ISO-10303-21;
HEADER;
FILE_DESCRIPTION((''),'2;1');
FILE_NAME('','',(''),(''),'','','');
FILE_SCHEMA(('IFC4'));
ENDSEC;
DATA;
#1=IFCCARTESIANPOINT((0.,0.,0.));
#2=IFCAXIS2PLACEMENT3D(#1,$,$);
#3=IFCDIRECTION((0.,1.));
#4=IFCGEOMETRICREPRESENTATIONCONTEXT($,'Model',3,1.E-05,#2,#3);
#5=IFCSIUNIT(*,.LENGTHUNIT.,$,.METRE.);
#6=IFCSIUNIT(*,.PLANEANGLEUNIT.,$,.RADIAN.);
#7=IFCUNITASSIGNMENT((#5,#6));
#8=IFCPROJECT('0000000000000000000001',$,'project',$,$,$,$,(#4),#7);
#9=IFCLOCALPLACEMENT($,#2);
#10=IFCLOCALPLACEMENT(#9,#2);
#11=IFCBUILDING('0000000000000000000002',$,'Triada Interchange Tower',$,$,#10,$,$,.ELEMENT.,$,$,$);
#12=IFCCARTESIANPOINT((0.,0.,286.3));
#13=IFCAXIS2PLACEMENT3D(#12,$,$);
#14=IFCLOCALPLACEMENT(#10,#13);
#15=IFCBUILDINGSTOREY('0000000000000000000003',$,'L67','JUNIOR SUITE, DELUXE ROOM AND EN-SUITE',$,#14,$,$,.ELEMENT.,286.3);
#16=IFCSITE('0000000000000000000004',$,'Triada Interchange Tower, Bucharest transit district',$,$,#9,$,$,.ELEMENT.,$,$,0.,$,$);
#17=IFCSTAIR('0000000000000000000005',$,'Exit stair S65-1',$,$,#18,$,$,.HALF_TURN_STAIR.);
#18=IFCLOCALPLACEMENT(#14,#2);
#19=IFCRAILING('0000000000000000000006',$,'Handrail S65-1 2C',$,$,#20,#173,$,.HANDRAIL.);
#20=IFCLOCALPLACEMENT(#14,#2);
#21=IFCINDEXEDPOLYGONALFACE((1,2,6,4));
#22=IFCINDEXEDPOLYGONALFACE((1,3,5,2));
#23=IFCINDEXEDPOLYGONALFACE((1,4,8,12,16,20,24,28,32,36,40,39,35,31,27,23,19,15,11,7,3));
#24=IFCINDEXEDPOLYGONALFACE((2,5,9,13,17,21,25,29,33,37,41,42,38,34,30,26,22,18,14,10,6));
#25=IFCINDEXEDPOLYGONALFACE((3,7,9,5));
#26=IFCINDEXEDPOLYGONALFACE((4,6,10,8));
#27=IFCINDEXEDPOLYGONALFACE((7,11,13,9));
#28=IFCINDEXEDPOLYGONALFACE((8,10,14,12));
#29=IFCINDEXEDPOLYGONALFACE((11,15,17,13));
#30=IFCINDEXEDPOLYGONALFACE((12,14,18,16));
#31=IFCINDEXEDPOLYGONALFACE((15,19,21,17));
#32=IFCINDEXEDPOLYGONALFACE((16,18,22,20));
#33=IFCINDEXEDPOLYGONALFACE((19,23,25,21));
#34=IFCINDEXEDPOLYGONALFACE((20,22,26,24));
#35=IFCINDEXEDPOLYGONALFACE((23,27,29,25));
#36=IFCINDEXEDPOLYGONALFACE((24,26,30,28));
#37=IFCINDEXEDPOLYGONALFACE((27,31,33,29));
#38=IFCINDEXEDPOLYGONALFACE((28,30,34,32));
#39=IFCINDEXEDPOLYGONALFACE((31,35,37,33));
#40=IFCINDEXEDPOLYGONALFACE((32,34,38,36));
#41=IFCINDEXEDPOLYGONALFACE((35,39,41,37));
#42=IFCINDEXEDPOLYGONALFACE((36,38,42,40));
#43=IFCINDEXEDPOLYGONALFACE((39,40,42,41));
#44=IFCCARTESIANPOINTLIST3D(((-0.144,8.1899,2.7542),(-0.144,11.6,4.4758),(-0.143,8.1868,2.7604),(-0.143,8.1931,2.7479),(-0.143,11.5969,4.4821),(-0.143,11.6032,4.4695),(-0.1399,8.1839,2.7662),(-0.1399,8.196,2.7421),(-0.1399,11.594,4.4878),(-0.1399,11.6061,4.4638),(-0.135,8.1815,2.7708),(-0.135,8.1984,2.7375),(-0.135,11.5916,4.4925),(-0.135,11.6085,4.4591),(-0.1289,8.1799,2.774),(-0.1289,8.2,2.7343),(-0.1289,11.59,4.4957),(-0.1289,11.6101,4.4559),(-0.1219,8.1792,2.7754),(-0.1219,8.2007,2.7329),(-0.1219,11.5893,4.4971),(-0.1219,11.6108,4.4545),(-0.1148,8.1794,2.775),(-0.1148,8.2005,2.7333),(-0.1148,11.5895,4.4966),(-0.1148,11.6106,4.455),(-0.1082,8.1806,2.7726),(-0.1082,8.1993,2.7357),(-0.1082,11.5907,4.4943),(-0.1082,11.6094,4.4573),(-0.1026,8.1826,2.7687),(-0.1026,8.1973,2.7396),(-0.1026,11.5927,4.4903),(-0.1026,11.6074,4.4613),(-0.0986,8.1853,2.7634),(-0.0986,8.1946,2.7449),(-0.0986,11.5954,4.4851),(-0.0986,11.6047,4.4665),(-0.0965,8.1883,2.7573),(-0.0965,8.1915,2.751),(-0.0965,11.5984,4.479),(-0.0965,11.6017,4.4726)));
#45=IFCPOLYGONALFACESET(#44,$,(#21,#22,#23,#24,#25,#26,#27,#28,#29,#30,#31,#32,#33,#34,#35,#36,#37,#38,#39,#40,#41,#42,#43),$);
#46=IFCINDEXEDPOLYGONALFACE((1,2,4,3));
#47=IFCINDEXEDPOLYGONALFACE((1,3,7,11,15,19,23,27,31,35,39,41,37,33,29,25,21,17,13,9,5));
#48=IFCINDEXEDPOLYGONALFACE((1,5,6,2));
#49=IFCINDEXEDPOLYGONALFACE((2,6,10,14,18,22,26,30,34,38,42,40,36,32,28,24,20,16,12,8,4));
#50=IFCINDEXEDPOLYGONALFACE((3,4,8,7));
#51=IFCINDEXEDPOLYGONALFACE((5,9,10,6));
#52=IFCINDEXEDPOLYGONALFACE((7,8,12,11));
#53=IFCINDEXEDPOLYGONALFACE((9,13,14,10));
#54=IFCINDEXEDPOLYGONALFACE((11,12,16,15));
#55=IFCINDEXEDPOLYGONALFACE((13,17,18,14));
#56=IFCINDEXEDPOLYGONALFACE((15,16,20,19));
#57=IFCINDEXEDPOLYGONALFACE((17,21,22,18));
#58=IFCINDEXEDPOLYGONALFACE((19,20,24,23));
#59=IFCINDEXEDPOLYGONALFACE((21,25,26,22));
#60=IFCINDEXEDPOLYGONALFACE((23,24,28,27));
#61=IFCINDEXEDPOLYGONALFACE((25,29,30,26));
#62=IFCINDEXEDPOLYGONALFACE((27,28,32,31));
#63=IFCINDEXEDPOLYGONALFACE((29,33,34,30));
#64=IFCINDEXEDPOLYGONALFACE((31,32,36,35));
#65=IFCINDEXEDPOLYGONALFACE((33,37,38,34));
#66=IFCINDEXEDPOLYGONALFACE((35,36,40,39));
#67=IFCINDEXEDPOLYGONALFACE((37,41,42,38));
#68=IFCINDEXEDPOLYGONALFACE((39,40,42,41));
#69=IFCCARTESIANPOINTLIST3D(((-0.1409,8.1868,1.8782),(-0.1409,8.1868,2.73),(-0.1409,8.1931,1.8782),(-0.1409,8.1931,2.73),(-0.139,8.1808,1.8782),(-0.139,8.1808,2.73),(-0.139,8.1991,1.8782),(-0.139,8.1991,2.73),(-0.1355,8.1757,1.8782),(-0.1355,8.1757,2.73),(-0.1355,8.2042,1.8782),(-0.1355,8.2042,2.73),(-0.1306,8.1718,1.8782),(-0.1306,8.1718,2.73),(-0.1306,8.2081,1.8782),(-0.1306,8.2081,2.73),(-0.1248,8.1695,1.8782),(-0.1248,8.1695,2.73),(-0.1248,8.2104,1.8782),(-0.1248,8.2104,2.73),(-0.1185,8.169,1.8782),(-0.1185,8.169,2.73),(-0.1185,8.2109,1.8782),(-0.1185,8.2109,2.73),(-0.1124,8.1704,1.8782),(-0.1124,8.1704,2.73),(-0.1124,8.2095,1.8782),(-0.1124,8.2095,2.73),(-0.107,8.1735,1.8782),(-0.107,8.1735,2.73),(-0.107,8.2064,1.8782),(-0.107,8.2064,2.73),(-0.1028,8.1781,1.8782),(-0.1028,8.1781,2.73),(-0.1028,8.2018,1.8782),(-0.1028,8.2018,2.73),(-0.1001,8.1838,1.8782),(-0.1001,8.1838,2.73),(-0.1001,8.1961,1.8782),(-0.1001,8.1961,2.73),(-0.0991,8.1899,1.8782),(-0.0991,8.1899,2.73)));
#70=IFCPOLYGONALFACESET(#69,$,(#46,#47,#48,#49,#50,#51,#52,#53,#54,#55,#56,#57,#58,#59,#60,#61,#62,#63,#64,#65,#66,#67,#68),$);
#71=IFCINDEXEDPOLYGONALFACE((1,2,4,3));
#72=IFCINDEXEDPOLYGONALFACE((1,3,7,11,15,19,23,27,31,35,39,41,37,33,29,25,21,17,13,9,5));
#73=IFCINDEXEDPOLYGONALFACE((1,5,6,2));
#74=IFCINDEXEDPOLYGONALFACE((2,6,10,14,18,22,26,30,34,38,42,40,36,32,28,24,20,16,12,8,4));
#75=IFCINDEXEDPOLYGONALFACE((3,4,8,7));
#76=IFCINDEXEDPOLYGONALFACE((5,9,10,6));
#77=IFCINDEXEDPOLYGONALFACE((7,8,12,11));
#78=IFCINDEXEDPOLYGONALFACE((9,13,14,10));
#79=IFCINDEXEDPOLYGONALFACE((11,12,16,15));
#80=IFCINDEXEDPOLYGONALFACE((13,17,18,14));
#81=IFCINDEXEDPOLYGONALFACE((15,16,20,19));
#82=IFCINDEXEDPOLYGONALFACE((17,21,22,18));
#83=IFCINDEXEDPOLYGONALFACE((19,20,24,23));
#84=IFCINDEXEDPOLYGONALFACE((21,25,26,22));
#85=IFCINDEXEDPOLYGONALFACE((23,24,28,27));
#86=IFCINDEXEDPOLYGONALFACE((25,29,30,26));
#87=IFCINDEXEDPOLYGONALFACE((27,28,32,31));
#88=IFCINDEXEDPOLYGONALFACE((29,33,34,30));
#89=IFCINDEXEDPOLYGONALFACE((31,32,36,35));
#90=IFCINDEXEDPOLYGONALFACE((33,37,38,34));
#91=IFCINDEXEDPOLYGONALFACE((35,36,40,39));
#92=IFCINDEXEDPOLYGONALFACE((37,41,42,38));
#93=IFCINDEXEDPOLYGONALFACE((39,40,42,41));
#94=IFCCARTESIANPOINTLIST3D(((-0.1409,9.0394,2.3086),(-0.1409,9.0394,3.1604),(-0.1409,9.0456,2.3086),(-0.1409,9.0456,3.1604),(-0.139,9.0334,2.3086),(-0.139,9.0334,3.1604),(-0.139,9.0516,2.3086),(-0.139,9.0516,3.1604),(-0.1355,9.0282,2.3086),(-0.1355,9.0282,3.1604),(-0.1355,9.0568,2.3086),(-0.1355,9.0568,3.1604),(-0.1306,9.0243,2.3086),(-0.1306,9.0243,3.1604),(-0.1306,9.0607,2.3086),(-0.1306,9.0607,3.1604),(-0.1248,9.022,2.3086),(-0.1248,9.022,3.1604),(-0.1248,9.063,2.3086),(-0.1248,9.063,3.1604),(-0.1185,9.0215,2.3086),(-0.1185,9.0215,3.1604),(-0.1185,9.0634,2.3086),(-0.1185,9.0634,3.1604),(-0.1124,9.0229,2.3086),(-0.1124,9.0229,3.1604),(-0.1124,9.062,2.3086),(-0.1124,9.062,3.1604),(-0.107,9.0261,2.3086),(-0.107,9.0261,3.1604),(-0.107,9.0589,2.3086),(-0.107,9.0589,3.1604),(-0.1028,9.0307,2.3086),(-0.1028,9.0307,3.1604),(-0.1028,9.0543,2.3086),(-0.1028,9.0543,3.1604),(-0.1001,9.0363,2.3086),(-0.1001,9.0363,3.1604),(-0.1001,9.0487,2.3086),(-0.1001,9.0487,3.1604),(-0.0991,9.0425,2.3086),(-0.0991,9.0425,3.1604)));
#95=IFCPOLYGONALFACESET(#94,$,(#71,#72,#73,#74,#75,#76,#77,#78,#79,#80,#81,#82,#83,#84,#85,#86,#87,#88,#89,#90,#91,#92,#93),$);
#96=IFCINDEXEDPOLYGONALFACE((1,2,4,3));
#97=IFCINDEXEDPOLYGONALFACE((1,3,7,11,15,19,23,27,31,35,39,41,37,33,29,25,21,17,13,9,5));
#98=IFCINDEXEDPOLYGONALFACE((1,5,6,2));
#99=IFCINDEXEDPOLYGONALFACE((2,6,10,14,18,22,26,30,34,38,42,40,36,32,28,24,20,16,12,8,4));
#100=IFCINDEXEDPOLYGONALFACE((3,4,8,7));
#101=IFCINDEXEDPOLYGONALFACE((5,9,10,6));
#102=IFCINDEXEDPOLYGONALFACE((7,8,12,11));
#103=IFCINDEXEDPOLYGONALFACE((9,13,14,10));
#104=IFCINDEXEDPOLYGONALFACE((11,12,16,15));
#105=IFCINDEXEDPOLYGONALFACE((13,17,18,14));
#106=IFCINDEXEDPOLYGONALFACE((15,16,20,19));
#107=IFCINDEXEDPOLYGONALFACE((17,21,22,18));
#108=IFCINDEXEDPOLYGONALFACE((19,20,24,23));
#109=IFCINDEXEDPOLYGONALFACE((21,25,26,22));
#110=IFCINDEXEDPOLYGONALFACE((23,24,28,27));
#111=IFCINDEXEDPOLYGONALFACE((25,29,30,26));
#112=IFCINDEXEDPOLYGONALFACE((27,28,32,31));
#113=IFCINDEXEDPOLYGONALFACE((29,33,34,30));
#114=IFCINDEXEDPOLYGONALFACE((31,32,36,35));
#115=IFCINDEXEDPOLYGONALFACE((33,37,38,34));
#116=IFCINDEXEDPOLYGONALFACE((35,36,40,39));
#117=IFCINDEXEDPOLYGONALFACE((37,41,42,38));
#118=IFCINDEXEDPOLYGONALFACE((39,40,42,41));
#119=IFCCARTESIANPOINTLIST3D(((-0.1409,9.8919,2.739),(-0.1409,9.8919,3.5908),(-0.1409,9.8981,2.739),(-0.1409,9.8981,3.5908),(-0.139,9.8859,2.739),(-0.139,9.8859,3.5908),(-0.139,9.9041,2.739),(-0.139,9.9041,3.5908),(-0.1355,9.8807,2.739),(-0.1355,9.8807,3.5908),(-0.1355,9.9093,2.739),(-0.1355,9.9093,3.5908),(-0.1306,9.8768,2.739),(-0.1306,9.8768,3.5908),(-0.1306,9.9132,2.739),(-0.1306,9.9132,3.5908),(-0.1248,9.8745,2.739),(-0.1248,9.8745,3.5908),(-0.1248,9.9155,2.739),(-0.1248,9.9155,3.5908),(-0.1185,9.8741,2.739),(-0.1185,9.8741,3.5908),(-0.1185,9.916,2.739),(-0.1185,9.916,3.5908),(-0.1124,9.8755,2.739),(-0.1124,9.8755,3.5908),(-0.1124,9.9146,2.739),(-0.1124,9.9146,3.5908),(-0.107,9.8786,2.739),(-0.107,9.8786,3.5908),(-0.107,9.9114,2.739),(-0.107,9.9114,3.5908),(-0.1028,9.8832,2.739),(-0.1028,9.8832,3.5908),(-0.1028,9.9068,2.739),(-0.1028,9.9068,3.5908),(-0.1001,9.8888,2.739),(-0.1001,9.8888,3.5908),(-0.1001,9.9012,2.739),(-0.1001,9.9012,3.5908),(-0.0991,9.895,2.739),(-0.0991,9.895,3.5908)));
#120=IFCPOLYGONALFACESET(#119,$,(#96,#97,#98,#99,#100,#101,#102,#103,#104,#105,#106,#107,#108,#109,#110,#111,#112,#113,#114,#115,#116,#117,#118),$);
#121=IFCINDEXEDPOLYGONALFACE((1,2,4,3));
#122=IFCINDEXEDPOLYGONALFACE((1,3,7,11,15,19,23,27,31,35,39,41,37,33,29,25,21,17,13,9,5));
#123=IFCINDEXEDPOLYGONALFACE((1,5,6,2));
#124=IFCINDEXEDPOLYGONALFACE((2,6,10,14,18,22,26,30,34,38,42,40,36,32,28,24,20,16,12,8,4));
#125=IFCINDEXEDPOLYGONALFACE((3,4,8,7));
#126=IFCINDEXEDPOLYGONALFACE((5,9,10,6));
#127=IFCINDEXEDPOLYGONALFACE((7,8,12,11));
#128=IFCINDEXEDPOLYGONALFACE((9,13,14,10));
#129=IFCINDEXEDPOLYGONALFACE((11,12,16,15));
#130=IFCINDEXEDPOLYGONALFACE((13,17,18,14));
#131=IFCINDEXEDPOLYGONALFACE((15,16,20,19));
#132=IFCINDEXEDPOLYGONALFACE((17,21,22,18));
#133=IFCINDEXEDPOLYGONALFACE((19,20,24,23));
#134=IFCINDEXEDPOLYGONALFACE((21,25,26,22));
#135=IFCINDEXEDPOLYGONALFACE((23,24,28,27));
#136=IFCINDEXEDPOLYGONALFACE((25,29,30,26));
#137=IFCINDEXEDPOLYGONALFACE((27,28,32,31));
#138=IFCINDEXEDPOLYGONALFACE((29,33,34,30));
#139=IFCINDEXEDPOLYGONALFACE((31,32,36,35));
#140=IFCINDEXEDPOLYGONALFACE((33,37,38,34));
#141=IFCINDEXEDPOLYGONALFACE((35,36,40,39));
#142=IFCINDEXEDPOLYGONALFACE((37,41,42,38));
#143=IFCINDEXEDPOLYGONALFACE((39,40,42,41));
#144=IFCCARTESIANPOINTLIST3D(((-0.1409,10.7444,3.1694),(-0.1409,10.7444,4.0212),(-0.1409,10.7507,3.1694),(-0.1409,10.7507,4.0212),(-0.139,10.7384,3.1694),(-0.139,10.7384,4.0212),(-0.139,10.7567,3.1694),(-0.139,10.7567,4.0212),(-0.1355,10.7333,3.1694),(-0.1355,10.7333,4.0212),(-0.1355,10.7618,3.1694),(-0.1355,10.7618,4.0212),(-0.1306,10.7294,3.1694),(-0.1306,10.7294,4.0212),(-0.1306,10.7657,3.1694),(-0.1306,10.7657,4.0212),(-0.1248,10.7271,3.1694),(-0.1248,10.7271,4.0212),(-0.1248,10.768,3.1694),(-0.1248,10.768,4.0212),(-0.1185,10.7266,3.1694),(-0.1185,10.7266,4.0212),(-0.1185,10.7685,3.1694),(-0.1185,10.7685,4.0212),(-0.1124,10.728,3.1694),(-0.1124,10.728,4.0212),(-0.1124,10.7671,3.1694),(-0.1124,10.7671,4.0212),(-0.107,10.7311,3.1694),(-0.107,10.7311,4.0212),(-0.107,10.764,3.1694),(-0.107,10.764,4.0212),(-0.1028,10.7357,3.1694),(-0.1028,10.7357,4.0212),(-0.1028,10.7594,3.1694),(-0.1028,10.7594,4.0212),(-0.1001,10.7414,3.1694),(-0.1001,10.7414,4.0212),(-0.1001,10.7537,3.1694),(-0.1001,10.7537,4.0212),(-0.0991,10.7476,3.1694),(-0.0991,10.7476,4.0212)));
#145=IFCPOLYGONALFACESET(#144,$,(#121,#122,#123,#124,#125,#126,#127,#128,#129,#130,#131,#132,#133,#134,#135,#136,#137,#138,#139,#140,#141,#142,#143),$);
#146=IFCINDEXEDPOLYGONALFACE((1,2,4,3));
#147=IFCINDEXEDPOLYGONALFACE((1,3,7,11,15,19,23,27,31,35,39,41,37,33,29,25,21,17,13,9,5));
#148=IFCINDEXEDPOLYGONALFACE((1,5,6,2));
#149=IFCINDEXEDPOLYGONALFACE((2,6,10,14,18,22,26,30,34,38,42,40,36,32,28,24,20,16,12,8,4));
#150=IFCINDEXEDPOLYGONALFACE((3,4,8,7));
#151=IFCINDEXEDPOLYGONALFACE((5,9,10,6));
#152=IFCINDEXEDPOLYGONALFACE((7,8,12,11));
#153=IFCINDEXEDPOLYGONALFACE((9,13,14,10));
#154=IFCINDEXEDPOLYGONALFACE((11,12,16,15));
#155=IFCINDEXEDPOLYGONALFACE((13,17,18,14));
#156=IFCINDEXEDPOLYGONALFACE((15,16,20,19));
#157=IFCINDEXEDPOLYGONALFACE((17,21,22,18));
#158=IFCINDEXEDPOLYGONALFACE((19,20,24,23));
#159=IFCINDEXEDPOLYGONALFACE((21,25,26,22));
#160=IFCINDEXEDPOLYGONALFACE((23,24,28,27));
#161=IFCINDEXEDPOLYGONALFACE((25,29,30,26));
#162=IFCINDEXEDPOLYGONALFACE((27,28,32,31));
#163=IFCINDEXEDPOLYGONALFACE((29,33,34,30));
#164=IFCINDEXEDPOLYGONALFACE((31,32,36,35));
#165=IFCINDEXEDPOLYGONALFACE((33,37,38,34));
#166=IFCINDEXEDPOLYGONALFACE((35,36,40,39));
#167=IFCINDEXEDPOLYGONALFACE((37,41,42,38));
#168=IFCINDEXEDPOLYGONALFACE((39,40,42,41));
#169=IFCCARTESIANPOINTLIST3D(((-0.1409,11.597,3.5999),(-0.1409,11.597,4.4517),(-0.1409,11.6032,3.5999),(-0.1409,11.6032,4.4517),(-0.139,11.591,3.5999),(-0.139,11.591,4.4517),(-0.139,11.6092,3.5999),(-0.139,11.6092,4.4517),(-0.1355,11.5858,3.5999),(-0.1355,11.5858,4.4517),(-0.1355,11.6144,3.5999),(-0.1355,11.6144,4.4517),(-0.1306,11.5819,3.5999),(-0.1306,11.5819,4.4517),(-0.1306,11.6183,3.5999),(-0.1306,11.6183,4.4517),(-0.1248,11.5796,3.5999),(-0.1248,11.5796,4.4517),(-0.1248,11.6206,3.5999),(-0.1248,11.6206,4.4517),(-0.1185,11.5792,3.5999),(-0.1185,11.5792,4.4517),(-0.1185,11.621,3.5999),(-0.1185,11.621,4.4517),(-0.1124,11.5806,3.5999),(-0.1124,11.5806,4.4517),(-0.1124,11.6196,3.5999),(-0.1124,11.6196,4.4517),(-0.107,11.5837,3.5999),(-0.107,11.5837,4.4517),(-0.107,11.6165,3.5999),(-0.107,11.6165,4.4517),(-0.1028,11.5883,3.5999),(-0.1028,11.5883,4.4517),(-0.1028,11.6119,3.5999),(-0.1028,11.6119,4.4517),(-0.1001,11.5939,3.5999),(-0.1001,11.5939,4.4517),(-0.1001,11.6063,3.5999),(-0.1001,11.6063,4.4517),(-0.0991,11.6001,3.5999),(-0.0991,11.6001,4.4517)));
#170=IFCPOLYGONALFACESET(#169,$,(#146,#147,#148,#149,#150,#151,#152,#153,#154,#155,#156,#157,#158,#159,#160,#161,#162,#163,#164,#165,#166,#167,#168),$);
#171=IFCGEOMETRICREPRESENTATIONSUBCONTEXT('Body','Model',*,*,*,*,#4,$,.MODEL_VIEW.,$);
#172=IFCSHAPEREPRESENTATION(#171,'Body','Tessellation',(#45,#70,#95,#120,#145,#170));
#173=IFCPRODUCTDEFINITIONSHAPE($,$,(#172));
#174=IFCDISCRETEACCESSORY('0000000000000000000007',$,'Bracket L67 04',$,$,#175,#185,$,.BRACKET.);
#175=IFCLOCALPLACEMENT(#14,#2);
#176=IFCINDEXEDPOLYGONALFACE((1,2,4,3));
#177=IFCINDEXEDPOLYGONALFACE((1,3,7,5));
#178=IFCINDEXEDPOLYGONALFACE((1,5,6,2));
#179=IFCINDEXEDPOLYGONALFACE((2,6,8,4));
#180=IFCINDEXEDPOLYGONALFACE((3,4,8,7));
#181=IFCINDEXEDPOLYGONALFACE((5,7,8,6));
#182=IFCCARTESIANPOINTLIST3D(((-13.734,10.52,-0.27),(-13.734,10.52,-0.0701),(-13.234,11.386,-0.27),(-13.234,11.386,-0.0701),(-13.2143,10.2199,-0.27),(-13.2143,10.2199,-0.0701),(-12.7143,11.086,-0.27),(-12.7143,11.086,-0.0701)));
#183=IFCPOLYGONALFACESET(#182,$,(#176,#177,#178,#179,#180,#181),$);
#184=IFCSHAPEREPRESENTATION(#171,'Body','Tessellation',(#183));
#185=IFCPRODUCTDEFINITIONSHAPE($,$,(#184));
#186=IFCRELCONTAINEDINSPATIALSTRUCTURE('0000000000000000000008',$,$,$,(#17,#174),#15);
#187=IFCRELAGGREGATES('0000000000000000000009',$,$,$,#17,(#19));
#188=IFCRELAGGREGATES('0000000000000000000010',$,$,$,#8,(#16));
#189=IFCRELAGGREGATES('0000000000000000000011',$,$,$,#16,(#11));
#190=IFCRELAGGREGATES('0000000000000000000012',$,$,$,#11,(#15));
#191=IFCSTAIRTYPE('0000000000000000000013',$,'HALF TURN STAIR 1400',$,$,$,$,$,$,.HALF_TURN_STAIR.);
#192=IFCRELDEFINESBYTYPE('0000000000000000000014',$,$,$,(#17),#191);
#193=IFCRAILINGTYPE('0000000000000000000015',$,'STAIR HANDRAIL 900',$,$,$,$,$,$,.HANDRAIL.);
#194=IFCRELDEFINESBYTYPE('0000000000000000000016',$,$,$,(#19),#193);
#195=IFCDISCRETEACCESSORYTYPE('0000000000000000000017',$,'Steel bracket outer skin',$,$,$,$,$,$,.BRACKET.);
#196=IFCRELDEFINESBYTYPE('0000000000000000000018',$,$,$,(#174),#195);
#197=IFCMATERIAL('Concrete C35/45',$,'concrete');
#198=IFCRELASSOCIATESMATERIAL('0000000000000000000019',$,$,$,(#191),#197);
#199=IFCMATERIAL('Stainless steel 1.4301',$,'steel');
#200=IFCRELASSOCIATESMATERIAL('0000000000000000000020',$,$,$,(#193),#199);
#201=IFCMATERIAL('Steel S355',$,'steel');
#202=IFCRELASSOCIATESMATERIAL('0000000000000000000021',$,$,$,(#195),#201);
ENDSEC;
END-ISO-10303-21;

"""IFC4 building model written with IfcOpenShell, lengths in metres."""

from ifc_helpers import new_model, si_unit, direction, frame, origin, origin_2d, place, context, subcontext, project, spatial, rectangle, circle, extrude, material, type_object, element, aggregate, save


model = new_model("IFC4")

# Units and contexts
model_context = context("Model", 3, precision=1e-05, world=origin(), true_north=direction((0.0, 1.0)))
body_context = subcontext(model_context, "Body", "Model", "MODEL_VIEW")
ifc_project = project(units=[si_unit("LENGTHUNIT", "METRE"), si_unit("PLANEANGLEUNIT", "RADIAN")], contexts=[model_context])

# Site, building, storey
site_placement = place(None, origin())
site = spatial("IfcSite", under=ifc_project, at=site_placement, Name="Triada Interchange Tower, Bucharest transit district", CompositionType="ELEMENT", RefElevation=0.0)
building_placement = place(site_placement, origin())
building = spatial("IfcBuilding", under=site, at=building_placement, Name="Triada Interchange Tower", CompositionType="ELEMENT")
storey_placement = place(building_placement, frame((0.0, 0.0, 286.3)))
storey = spatial("IfcBuildingStorey", under=building, at=storey_placement, Name="L67", Description="JUNIOR SUITE, DELUXE ROOM AND EN-SUITE", CompositionType="ELEMENT", Elevation=286.3)

# Stair
ifc_material_1 = material(Name="Concrete C35/45", Category="concrete")
stair_type = type_object("IfcStairType", Name="HALF TURN STAIR 1400", PredefinedType="HALF_TURN_STAIR", material=ifc_material_1)
stair_placement = place(storey_placement, origin())
stair = element("IfcStair", 1, at=stair_placement, inside=storey, type_object=stair_type, Name="Exit stair S65-1", PredefinedType="HALF_TURN_STAIR")

# Railing
ifc_material_2 = material(Name="Stainless steel 1.4301", Category="steel")
railing_type = type_object("IfcRailingType", Name="STAIR HANDRAIL 900", PredefinedType="HANDRAIL", material=ifc_material_2)
railing_1_placement = place(storey_placement, frame((-0.1201, 8.1899, 1.8782)))
railing_1 = element("IfcRailing", 2, at=railing_1_placement, type_object=railing_type, Name="Handrail S65-1 2C", PredefinedType="HANDRAIL", context=body_context, shape_type="SweptSolid", body=[
    extrude(circle(Radius=0.0239, at=origin_2d()), frame((0.0, 0.0, 0.876), z_axis=(0.0, 0.892682, 0.450687), x_axis=(-1.0, 0.0, 0.0)), (0.0, 0.0, 1.0), 3.8201),
    extrude(circle(Radius=0.021, at=origin_2d()), origin(), (0.0, 0.0, 1.0), 0.8518),
    extrude(circle(Radius=0.021, at=origin_2d()), frame((0.0, 0.8525, 0.4304)), (0.0, 0.0, 1.0), 0.8518),
    extrude(circle(Radius=0.021, at=origin_2d()), frame((0.0, 1.7051, 0.8608)), (0.0, 0.0, 1.0), 0.8518),
    extrude(circle(Radius=0.021, at=origin_2d()), frame((0.0, 2.5576, 1.2913)), (0.0, 0.0, 1.0), 0.8518),
    extrude(circle(Radius=0.021, at=origin_2d()), frame((0.0, 3.4102, 1.7217)), (0.0, 0.0, 1.0), 0.8518),
])
aggregate(stair, [railing_1])

# Discrete accessory
ifc_material_3 = material(Name="Steel S355", Category="steel")
discrete_accessory_type = type_object("IfcDiscreteAccessoryType", Name="Steel bracket outer skin", PredefinedType="BRACKET", material=ifc_material_3)
discrete_accessory_placement = place(storey_placement, frame((-13.2241, 10.803, -0.27), z_axis=(0.0, 0.0, 1.0), x_axis=(-0.866024, 0.500002, 0.0)))
element("IfcDiscreteAccessory", 3, at=discrete_accessory_placement, inside=storey, type_object=discrete_accessory_type, Name="Bracket L67 04", PredefinedType="BRACKET", context=body_context, shape_type="SweptSolid", body=[
    extrude(rectangle(XDim=0.6001, YDim=1.0, at=origin_2d()), origin(), (0.0, 0.0, 1.0), 0.2),
])

save(model, "model.ifc")
